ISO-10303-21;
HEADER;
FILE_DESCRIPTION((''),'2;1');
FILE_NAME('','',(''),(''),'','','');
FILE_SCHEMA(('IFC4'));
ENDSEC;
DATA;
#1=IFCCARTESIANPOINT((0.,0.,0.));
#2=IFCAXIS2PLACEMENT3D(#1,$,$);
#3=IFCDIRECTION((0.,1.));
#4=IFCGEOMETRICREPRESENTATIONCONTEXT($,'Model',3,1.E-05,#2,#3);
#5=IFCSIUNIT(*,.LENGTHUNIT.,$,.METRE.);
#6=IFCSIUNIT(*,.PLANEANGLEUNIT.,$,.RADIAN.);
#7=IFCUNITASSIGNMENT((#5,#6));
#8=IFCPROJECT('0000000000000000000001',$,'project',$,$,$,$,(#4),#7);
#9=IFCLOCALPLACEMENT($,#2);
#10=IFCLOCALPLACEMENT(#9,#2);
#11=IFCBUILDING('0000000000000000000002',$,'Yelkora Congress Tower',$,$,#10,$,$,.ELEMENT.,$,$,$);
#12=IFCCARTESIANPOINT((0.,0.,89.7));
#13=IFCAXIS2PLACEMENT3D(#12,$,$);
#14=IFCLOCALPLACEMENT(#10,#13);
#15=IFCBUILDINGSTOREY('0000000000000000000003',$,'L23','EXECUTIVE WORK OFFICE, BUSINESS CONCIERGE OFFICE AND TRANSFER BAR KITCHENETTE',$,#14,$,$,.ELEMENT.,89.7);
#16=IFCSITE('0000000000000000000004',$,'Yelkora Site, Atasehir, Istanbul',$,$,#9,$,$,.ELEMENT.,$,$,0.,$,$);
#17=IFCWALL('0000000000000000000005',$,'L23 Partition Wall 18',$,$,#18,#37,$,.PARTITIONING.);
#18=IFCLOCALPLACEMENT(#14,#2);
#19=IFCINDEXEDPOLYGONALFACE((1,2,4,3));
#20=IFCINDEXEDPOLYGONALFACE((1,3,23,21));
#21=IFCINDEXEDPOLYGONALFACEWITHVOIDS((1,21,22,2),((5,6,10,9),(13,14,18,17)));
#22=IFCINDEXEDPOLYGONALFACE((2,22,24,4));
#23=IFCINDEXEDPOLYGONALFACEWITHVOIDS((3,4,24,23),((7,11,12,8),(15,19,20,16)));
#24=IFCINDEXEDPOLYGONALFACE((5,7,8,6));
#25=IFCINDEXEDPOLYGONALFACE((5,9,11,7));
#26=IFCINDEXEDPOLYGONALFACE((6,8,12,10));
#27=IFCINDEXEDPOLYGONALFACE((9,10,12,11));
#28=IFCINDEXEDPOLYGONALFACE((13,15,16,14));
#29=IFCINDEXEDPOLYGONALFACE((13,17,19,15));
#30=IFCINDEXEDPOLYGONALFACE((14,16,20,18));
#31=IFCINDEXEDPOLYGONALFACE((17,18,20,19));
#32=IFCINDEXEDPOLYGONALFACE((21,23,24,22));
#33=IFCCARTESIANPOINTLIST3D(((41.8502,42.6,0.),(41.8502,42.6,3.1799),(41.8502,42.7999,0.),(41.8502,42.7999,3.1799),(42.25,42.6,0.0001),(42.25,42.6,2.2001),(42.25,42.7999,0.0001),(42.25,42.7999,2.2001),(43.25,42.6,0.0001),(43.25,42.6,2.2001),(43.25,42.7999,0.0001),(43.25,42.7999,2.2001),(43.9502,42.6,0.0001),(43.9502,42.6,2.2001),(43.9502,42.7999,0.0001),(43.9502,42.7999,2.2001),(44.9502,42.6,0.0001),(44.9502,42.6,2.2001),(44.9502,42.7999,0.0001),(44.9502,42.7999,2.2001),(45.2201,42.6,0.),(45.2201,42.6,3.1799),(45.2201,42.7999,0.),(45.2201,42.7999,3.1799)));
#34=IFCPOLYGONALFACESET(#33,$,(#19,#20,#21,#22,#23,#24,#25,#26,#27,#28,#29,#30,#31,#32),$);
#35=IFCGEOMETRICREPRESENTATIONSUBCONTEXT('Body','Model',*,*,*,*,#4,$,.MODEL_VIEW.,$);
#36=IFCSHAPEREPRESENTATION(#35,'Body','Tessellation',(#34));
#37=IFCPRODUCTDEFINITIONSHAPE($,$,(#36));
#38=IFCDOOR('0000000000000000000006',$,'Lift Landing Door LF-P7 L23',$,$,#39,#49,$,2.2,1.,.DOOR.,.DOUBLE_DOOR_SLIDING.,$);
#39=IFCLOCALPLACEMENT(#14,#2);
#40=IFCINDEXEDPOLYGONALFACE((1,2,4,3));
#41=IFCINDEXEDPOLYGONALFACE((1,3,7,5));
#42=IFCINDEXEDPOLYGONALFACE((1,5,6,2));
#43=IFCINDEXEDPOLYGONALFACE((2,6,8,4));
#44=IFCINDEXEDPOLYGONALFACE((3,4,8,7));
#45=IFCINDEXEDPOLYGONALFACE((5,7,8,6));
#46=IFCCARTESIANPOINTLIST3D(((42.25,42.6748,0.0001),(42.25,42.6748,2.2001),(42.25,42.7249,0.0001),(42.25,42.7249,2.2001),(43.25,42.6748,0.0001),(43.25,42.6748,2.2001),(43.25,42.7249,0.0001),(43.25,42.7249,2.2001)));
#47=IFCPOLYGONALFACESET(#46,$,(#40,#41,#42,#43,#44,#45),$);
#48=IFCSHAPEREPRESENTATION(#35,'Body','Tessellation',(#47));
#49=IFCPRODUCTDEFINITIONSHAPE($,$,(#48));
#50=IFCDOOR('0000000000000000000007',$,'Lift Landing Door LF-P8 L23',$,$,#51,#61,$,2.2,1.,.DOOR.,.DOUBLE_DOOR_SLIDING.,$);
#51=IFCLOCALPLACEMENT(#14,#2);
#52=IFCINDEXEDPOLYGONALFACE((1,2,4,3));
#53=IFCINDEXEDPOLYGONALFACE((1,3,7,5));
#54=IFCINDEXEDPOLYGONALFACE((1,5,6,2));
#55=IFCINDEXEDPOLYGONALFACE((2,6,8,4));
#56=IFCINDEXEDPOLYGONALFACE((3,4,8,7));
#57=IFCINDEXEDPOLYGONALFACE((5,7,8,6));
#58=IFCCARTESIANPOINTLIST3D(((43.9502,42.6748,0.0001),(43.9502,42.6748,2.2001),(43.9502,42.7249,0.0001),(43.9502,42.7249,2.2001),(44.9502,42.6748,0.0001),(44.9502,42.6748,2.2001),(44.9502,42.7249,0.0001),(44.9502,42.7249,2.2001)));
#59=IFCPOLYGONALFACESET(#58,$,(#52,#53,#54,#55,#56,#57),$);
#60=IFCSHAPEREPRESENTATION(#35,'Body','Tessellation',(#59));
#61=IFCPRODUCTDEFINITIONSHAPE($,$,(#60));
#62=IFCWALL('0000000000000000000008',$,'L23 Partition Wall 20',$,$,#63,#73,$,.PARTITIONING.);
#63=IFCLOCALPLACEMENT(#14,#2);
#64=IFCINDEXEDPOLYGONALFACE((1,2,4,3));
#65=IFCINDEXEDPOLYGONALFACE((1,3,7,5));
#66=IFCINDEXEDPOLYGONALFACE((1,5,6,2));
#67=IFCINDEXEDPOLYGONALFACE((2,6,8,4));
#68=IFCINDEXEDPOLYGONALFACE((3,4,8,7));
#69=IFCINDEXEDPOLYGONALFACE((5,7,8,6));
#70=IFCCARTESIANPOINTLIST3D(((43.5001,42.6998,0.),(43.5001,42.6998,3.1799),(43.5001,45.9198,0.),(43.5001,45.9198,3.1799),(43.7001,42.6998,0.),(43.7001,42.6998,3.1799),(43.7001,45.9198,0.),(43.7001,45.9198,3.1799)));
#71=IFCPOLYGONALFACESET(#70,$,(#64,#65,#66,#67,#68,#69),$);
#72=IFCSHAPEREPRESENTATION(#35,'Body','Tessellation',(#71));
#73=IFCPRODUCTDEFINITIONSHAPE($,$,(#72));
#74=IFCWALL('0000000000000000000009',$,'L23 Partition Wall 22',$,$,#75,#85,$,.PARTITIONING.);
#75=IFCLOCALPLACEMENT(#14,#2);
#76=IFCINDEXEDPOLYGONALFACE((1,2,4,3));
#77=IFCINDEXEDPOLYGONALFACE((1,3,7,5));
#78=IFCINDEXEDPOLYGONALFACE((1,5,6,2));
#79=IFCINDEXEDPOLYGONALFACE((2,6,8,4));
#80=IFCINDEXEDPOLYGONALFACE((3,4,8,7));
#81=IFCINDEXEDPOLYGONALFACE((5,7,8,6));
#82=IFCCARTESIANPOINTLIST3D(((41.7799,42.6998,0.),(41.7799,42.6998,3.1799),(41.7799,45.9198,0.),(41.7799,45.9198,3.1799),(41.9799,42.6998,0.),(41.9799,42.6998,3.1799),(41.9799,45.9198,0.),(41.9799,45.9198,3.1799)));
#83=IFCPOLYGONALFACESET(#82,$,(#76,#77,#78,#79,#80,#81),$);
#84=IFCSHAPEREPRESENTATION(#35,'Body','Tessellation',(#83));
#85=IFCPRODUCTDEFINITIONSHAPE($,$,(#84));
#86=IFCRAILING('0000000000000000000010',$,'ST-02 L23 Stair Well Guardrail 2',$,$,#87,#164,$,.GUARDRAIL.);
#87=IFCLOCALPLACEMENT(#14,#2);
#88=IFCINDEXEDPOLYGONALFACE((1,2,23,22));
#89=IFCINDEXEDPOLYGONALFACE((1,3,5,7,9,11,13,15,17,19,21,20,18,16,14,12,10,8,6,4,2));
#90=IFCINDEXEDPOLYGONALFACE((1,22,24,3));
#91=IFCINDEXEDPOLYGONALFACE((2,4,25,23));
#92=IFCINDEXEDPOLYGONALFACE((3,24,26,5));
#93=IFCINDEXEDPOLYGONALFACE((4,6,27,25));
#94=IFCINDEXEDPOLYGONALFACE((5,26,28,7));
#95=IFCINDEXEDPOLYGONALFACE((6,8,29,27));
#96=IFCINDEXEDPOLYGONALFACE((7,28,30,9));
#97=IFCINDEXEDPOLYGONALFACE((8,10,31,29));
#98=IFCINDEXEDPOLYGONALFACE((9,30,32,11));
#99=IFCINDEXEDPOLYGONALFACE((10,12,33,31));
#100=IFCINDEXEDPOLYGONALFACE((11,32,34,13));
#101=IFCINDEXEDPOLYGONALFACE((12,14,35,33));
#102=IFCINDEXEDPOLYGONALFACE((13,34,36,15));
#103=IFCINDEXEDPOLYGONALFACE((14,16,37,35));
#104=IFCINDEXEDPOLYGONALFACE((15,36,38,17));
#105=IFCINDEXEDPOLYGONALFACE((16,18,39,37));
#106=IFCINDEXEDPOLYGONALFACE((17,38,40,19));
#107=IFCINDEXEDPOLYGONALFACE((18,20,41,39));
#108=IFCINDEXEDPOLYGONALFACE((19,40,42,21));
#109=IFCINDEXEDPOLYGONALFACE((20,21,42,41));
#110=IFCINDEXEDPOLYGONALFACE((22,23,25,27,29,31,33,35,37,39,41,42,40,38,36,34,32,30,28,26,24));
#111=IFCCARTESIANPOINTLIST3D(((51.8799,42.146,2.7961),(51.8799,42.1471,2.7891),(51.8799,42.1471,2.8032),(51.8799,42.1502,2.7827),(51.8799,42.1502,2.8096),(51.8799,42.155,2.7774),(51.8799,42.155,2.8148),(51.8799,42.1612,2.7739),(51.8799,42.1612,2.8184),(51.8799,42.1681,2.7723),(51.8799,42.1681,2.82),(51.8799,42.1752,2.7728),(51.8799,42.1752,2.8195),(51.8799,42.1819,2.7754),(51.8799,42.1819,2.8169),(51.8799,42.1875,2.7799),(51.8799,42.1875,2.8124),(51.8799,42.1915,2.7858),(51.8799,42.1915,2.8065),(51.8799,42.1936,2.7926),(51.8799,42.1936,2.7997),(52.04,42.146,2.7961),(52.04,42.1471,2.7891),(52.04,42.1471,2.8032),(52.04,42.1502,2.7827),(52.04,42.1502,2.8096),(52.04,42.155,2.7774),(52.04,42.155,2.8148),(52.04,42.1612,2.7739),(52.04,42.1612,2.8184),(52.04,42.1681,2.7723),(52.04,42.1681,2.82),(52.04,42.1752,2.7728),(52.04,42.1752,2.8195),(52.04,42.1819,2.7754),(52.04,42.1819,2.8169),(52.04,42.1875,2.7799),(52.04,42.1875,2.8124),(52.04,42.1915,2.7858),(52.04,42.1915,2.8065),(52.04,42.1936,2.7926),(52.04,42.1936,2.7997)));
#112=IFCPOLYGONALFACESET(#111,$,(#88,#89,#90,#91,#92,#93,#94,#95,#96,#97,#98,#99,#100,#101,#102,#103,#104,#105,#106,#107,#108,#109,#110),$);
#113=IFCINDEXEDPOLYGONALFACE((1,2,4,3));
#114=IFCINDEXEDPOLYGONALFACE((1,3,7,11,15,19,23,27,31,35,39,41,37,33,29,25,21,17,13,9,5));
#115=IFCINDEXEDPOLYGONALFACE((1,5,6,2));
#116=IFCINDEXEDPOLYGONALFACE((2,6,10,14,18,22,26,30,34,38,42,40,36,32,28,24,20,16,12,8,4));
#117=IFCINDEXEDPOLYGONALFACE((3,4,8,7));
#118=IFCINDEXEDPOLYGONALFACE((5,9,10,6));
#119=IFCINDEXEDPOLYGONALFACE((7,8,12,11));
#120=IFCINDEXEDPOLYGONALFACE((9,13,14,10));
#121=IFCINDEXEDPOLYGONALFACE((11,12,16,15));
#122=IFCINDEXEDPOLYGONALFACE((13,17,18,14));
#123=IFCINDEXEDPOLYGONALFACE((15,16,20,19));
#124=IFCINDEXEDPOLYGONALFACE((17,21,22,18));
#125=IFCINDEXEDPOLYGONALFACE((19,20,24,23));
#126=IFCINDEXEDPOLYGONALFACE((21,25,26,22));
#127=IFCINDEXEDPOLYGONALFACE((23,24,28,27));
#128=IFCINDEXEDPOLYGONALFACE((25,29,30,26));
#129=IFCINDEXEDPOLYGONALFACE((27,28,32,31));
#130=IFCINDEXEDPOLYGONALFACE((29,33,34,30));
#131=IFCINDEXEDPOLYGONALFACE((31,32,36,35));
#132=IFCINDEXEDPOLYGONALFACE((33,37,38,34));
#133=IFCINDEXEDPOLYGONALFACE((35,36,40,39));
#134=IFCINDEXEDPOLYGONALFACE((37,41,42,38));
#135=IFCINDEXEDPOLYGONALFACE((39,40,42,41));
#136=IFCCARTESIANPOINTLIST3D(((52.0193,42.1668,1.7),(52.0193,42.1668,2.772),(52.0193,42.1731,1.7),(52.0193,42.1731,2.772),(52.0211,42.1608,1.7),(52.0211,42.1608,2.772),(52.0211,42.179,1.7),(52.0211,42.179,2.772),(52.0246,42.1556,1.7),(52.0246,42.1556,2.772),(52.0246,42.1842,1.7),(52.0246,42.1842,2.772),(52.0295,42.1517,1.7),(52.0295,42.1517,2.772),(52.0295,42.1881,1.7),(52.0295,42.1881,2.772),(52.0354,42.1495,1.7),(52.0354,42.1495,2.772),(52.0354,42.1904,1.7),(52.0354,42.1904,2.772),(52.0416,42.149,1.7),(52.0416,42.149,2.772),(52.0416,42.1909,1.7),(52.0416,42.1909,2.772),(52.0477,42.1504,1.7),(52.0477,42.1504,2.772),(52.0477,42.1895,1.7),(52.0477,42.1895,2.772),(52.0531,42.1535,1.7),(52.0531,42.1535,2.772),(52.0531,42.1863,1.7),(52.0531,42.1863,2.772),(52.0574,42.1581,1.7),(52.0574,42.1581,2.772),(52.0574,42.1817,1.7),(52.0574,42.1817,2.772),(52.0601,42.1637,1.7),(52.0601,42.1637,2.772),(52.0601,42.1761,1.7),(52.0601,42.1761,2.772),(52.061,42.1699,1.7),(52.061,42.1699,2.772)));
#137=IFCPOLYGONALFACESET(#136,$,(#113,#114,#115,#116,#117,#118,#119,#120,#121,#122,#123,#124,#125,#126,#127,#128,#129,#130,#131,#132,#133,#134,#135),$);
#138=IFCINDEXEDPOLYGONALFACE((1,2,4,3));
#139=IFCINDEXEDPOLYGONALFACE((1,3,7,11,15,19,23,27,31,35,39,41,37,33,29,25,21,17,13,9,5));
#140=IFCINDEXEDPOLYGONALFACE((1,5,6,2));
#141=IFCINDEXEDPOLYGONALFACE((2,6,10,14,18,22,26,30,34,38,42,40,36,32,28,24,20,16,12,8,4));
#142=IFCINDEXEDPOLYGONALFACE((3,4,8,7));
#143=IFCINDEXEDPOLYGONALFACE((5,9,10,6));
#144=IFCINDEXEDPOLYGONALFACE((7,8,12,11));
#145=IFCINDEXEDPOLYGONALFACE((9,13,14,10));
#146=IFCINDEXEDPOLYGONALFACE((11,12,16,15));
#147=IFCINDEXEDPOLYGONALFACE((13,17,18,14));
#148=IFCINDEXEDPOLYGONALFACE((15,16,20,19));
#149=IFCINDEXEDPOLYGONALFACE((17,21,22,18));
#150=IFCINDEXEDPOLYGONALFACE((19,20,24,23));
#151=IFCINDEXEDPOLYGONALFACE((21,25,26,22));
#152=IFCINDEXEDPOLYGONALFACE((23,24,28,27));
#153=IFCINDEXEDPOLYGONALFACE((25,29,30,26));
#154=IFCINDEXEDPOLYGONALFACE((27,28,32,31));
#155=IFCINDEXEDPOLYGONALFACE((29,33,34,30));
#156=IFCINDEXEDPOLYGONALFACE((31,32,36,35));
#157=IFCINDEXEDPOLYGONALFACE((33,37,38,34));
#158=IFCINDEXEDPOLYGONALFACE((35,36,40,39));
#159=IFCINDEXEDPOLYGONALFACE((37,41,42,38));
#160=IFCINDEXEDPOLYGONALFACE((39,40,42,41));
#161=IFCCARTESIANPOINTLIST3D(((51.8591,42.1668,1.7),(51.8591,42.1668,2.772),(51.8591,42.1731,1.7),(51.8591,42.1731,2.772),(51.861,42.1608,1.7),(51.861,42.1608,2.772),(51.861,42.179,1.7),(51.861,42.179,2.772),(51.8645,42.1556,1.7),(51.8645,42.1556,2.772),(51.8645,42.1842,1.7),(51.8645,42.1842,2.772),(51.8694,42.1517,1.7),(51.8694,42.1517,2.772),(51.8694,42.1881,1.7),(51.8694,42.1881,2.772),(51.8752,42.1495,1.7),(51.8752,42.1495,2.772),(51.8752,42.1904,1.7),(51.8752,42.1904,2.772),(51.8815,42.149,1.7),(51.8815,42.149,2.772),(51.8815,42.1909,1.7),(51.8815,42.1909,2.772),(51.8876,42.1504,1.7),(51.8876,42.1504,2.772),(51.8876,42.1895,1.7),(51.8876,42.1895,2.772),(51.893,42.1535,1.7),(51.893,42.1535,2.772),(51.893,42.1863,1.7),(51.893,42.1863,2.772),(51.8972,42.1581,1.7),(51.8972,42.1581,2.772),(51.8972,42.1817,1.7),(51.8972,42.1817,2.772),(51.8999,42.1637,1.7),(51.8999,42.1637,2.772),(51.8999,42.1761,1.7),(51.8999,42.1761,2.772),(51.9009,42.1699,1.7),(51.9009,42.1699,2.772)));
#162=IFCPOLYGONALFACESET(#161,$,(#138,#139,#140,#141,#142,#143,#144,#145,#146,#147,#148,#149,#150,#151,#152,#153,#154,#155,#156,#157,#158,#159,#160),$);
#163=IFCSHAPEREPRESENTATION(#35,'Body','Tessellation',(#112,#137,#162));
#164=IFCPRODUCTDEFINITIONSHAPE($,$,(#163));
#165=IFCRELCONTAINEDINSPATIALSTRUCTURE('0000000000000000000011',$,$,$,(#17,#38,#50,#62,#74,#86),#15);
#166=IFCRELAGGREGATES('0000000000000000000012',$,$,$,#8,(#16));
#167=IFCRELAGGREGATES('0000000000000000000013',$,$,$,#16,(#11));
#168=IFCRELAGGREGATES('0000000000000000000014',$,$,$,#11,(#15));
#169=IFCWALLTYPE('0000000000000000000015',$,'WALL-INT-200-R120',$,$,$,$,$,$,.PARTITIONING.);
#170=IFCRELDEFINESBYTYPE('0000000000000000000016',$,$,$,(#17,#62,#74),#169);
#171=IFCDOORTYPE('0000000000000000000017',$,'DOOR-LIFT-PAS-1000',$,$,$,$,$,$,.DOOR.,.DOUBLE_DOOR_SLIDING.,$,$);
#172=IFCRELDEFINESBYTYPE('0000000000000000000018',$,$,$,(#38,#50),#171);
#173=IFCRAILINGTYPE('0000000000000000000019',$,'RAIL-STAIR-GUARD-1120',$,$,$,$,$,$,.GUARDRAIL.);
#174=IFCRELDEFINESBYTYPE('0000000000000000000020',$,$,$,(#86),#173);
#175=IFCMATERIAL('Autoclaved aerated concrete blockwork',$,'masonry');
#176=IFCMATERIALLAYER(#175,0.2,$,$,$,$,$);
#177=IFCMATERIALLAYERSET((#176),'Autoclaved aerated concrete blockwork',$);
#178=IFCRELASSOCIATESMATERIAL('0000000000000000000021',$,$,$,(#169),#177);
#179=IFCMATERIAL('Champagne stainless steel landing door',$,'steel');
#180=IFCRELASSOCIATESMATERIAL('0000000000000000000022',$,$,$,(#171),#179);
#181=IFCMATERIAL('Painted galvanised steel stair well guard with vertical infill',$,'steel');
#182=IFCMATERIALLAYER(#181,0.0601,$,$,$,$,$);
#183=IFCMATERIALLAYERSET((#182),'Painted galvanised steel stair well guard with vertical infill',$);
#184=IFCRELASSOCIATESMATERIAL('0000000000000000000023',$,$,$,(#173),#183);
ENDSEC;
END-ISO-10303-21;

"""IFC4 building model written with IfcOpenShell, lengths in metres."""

from ifc_helpers import new_model, si_unit, direction, frame, frame_2d, origin, origin_2d, place, context, subcontext, project, spatial, rectangle, circle, extrude, material, layer, layer_set, type_object, element, fill, save


model = new_model("IFC4")

# Units and contexts
model_context = context("Model", 3, precision=1e-05, world=origin(), true_north=direction((0.0, 1.0)))
body_context = subcontext(model_context, "Body", "Model", "MODEL_VIEW")
ifc_project = project(units=[si_unit("LENGTHUNIT", "METRE"), si_unit("PLANEANGLEUNIT", "RADIAN")], contexts=[model_context])

# Site, building, storey
site_placement = place(None, origin())
site = spatial("IfcSite", under=ifc_project, at=site_placement, Name="Yelkora Site, Atasehir, Istanbul", CompositionType="ELEMENT", RefElevation=0.0)
building_placement = place(site_placement, origin())
building = spatial("IfcBuilding", under=site, at=building_placement, Name="Yelkora Congress Tower", CompositionType="ELEMENT")
storey_placement = place(building_placement, frame((0.0, 0.0, 89.7)))
storey = spatial("IfcBuildingStorey", under=building, at=storey_placement, Name="L23", Description="EXECUTIVE WORK OFFICE, BUSINESS CONCIERGE OFFICE AND TRANSFER BAR KITCHENETTE", CompositionType="ELEMENT", Elevation=89.7)

# Wall, openings, doors
ifc_material_1 = material(Name="Autoclaved aerated concrete blockwork", Category="masonry")
ifc_layer_1 = layer(ifc_material_1, 0.2)
ifc_layer_set_1 = layer_set([ifc_layer_1], Name="Autoclaved aerated concrete blockwork")
wall_type_1 = type_object("IfcWallType", Name="WALL-INT-200-R120", PredefinedType="PARTITIONING", material=ifc_layer_set_1)
wall_1_placement = place(storey_placement, frame((41.8501, 42.7, 0.0), z_axis=(0.0, 0.0, 1.0), x_axis=(1.0, 0.0, 0.0)))
wall_1 = element("IfcWall", 1, at=wall_1_placement, inside=storey, type_object=wall_type_1, Name="L23 Partition Wall 18", PredefinedType="PARTITIONING", context=body_context, shape_type="SweptSolid", body=[
    extrude(rectangle(XDim=3.3699, YDim=0.2, at=frame_2d((1.6851, 0.0))), origin(), (0.0, 0.0, 1.0), 3.1799),
])
opening_1_placement = place(wall_1_placement, frame((0.3999, 0.0, 0.0)))
opening_1 = element("IfcOpeningElement", 2, at=opening_1_placement, cuts=wall_1, PredefinedType="OPENING", context=body_context, shape_type="SweptSolid", body=[
    extrude(rectangle(XDim=1.0, YDim=2.2, at=frame_2d((0.5, 1.1001))), frame((0.0, 0.1099, 0.0), z_axis=(0.0, -1.0, 0.0), x_axis=(1.0, 0.0, 0.0)), (0.0, 0.0, 1.0), 0.22),
])
opening_2_placement = place(wall_1_placement, frame((2.1001, 0.0, 0.0)))
opening_2 = element("IfcOpeningElement", 3, at=opening_2_placement, cuts=wall_1, PredefinedType="OPENING", context=body_context, shape_type="SweptSolid", body=[
    extrude(rectangle(XDim=1.0, YDim=2.2, at=frame_2d((0.5, 1.1001))), frame((0.0, 0.1099, 0.0), z_axis=(0.0, -1.0, 0.0), x_axis=(1.0, 0.0, 0.0)), (0.0, 0.0, 1.0), 0.22),
])
ifc_material_2 = material(Name="Champagne stainless steel landing door", Category="steel")
door_type_1 = type_object("IfcDoorType", Name="DOOR-LIFT-PAS-1000", OperationType="DOUBLE_DOOR_SLIDING", PredefinedType="DOOR", material=ifc_material_2)
door_1_placement = place(opening_1_placement, origin())
door_1 = element("IfcDoor", 4, at=door_1_placement, inside=storey, type_object=door_type_1, Name="Lift Landing Door LF-P7 L23", OperationType="DOUBLE_DOOR_SLIDING", OverallHeight=2.2, OverallWidth=1.0, PredefinedType="DOOR", context=body_context, shape_type="SweptSolid", body=[
    extrude(rectangle(XDim=1.0, YDim=2.2, at=frame_2d((0.5, 1.1001))), frame((0.0, 0.0249, 0.0), z_axis=(0.0, -1.0, 0.0), x_axis=(1.0, 0.0, 0.0)), (0.0, 0.0, 1.0), 0.05),
])
fill(opening_1, door_1)
door_2_placement = place(opening_2_placement, origin())
door_2 = element("IfcDoor", 5, at=door_2_placement, inside=storey, type_object=door_type_1, Name="Lift Landing Door LF-P8 L23", OperationType="DOUBLE_DOOR_SLIDING", OverallHeight=2.2, OverallWidth=1.0, PredefinedType="DOOR", context=body_context, shape_type="SweptSolid", body=[
    extrude(rectangle(XDim=1.0, YDim=2.2, at=frame_2d((0.5, 1.1001))), frame((0.0, 0.0249, 0.0), z_axis=(0.0, -1.0, 0.0), x_axis=(1.0, 0.0, 0.0)), (0.0, 0.0, 1.0), 0.05),
])
fill(opening_2, door_2)

# Walls
for number, where, z_axis, x_axis, name in (
    (6, (43.6001, 42.7, 0.0), (0.0, 0.0, 1.0), (0.0, 1.0, 0.0), "L23 Partition Wall 20"),
    (7, (41.8799, 42.7, 0.0), (0.0, 0.0, 1.0), (0.0, 1.0, 0.0), "L23 Partition Wall 22"),
):
    element("IfcWall", number, at=place(storey_placement, frame(where, z_axis=z_axis, x_axis=x_axis)), inside=storey, type_object=wall_type_1, Name=name, PredefinedType="PARTITIONING", context=body_context, shape_type="SweptSolid", body=[
        extrude(rectangle(XDim=3.22, YDim=0.2, at=frame_2d((1.6099, 0.0))), origin(), (0.0, 0.0, 1.0), 3.1799),
    ])

# Railing
ifc_material_3 = material(Name="Painted galvanised steel stair well guard with vertical infill", Category="steel")
ifc_layer_2 = layer(ifc_material_3, 0.0601)
ifc_layer_set_2 = layer_set([ifc_layer_2], Name="Painted galvanised steel stair well guard with vertical infill")
railing_type = type_object("IfcRailingType", Name="RAIL-STAIR-GUARD-1120", PredefinedType="GUARDRAIL", material=ifc_layer_set_2)
railing_1_placement = place(storey_placement, frame((52.04, 42.1699, 1.7)))
element("IfcRailing", 8, at=railing_1_placement, inside=storey, type_object=railing_type, Name="ST-02 L23 Stair Well Guardrail 2", PredefinedType="GUARDRAIL", context=body_context, shape_type="SweptSolid", body=[
    extrude(circle(Radius=0.0239, at=origin_2d()), frame((0.0, 0.0, 1.0962), z_axis=(-1.0, 0.0, 0.0), x_axis=(0.0, -1.0, 0.0)), (0.0, 0.0, 1.0), 0.1602),
    extrude(circle(Radius=0.021, at=origin_2d()), origin(), (0.0, 0.0, 1.0), 1.072),
    extrude(circle(Radius=0.021, at=origin_2d()), frame((-0.1602, 0.0, 0.0)), (0.0, 0.0, 1.0), 1.072),
])

save(model, "model.ifc")
